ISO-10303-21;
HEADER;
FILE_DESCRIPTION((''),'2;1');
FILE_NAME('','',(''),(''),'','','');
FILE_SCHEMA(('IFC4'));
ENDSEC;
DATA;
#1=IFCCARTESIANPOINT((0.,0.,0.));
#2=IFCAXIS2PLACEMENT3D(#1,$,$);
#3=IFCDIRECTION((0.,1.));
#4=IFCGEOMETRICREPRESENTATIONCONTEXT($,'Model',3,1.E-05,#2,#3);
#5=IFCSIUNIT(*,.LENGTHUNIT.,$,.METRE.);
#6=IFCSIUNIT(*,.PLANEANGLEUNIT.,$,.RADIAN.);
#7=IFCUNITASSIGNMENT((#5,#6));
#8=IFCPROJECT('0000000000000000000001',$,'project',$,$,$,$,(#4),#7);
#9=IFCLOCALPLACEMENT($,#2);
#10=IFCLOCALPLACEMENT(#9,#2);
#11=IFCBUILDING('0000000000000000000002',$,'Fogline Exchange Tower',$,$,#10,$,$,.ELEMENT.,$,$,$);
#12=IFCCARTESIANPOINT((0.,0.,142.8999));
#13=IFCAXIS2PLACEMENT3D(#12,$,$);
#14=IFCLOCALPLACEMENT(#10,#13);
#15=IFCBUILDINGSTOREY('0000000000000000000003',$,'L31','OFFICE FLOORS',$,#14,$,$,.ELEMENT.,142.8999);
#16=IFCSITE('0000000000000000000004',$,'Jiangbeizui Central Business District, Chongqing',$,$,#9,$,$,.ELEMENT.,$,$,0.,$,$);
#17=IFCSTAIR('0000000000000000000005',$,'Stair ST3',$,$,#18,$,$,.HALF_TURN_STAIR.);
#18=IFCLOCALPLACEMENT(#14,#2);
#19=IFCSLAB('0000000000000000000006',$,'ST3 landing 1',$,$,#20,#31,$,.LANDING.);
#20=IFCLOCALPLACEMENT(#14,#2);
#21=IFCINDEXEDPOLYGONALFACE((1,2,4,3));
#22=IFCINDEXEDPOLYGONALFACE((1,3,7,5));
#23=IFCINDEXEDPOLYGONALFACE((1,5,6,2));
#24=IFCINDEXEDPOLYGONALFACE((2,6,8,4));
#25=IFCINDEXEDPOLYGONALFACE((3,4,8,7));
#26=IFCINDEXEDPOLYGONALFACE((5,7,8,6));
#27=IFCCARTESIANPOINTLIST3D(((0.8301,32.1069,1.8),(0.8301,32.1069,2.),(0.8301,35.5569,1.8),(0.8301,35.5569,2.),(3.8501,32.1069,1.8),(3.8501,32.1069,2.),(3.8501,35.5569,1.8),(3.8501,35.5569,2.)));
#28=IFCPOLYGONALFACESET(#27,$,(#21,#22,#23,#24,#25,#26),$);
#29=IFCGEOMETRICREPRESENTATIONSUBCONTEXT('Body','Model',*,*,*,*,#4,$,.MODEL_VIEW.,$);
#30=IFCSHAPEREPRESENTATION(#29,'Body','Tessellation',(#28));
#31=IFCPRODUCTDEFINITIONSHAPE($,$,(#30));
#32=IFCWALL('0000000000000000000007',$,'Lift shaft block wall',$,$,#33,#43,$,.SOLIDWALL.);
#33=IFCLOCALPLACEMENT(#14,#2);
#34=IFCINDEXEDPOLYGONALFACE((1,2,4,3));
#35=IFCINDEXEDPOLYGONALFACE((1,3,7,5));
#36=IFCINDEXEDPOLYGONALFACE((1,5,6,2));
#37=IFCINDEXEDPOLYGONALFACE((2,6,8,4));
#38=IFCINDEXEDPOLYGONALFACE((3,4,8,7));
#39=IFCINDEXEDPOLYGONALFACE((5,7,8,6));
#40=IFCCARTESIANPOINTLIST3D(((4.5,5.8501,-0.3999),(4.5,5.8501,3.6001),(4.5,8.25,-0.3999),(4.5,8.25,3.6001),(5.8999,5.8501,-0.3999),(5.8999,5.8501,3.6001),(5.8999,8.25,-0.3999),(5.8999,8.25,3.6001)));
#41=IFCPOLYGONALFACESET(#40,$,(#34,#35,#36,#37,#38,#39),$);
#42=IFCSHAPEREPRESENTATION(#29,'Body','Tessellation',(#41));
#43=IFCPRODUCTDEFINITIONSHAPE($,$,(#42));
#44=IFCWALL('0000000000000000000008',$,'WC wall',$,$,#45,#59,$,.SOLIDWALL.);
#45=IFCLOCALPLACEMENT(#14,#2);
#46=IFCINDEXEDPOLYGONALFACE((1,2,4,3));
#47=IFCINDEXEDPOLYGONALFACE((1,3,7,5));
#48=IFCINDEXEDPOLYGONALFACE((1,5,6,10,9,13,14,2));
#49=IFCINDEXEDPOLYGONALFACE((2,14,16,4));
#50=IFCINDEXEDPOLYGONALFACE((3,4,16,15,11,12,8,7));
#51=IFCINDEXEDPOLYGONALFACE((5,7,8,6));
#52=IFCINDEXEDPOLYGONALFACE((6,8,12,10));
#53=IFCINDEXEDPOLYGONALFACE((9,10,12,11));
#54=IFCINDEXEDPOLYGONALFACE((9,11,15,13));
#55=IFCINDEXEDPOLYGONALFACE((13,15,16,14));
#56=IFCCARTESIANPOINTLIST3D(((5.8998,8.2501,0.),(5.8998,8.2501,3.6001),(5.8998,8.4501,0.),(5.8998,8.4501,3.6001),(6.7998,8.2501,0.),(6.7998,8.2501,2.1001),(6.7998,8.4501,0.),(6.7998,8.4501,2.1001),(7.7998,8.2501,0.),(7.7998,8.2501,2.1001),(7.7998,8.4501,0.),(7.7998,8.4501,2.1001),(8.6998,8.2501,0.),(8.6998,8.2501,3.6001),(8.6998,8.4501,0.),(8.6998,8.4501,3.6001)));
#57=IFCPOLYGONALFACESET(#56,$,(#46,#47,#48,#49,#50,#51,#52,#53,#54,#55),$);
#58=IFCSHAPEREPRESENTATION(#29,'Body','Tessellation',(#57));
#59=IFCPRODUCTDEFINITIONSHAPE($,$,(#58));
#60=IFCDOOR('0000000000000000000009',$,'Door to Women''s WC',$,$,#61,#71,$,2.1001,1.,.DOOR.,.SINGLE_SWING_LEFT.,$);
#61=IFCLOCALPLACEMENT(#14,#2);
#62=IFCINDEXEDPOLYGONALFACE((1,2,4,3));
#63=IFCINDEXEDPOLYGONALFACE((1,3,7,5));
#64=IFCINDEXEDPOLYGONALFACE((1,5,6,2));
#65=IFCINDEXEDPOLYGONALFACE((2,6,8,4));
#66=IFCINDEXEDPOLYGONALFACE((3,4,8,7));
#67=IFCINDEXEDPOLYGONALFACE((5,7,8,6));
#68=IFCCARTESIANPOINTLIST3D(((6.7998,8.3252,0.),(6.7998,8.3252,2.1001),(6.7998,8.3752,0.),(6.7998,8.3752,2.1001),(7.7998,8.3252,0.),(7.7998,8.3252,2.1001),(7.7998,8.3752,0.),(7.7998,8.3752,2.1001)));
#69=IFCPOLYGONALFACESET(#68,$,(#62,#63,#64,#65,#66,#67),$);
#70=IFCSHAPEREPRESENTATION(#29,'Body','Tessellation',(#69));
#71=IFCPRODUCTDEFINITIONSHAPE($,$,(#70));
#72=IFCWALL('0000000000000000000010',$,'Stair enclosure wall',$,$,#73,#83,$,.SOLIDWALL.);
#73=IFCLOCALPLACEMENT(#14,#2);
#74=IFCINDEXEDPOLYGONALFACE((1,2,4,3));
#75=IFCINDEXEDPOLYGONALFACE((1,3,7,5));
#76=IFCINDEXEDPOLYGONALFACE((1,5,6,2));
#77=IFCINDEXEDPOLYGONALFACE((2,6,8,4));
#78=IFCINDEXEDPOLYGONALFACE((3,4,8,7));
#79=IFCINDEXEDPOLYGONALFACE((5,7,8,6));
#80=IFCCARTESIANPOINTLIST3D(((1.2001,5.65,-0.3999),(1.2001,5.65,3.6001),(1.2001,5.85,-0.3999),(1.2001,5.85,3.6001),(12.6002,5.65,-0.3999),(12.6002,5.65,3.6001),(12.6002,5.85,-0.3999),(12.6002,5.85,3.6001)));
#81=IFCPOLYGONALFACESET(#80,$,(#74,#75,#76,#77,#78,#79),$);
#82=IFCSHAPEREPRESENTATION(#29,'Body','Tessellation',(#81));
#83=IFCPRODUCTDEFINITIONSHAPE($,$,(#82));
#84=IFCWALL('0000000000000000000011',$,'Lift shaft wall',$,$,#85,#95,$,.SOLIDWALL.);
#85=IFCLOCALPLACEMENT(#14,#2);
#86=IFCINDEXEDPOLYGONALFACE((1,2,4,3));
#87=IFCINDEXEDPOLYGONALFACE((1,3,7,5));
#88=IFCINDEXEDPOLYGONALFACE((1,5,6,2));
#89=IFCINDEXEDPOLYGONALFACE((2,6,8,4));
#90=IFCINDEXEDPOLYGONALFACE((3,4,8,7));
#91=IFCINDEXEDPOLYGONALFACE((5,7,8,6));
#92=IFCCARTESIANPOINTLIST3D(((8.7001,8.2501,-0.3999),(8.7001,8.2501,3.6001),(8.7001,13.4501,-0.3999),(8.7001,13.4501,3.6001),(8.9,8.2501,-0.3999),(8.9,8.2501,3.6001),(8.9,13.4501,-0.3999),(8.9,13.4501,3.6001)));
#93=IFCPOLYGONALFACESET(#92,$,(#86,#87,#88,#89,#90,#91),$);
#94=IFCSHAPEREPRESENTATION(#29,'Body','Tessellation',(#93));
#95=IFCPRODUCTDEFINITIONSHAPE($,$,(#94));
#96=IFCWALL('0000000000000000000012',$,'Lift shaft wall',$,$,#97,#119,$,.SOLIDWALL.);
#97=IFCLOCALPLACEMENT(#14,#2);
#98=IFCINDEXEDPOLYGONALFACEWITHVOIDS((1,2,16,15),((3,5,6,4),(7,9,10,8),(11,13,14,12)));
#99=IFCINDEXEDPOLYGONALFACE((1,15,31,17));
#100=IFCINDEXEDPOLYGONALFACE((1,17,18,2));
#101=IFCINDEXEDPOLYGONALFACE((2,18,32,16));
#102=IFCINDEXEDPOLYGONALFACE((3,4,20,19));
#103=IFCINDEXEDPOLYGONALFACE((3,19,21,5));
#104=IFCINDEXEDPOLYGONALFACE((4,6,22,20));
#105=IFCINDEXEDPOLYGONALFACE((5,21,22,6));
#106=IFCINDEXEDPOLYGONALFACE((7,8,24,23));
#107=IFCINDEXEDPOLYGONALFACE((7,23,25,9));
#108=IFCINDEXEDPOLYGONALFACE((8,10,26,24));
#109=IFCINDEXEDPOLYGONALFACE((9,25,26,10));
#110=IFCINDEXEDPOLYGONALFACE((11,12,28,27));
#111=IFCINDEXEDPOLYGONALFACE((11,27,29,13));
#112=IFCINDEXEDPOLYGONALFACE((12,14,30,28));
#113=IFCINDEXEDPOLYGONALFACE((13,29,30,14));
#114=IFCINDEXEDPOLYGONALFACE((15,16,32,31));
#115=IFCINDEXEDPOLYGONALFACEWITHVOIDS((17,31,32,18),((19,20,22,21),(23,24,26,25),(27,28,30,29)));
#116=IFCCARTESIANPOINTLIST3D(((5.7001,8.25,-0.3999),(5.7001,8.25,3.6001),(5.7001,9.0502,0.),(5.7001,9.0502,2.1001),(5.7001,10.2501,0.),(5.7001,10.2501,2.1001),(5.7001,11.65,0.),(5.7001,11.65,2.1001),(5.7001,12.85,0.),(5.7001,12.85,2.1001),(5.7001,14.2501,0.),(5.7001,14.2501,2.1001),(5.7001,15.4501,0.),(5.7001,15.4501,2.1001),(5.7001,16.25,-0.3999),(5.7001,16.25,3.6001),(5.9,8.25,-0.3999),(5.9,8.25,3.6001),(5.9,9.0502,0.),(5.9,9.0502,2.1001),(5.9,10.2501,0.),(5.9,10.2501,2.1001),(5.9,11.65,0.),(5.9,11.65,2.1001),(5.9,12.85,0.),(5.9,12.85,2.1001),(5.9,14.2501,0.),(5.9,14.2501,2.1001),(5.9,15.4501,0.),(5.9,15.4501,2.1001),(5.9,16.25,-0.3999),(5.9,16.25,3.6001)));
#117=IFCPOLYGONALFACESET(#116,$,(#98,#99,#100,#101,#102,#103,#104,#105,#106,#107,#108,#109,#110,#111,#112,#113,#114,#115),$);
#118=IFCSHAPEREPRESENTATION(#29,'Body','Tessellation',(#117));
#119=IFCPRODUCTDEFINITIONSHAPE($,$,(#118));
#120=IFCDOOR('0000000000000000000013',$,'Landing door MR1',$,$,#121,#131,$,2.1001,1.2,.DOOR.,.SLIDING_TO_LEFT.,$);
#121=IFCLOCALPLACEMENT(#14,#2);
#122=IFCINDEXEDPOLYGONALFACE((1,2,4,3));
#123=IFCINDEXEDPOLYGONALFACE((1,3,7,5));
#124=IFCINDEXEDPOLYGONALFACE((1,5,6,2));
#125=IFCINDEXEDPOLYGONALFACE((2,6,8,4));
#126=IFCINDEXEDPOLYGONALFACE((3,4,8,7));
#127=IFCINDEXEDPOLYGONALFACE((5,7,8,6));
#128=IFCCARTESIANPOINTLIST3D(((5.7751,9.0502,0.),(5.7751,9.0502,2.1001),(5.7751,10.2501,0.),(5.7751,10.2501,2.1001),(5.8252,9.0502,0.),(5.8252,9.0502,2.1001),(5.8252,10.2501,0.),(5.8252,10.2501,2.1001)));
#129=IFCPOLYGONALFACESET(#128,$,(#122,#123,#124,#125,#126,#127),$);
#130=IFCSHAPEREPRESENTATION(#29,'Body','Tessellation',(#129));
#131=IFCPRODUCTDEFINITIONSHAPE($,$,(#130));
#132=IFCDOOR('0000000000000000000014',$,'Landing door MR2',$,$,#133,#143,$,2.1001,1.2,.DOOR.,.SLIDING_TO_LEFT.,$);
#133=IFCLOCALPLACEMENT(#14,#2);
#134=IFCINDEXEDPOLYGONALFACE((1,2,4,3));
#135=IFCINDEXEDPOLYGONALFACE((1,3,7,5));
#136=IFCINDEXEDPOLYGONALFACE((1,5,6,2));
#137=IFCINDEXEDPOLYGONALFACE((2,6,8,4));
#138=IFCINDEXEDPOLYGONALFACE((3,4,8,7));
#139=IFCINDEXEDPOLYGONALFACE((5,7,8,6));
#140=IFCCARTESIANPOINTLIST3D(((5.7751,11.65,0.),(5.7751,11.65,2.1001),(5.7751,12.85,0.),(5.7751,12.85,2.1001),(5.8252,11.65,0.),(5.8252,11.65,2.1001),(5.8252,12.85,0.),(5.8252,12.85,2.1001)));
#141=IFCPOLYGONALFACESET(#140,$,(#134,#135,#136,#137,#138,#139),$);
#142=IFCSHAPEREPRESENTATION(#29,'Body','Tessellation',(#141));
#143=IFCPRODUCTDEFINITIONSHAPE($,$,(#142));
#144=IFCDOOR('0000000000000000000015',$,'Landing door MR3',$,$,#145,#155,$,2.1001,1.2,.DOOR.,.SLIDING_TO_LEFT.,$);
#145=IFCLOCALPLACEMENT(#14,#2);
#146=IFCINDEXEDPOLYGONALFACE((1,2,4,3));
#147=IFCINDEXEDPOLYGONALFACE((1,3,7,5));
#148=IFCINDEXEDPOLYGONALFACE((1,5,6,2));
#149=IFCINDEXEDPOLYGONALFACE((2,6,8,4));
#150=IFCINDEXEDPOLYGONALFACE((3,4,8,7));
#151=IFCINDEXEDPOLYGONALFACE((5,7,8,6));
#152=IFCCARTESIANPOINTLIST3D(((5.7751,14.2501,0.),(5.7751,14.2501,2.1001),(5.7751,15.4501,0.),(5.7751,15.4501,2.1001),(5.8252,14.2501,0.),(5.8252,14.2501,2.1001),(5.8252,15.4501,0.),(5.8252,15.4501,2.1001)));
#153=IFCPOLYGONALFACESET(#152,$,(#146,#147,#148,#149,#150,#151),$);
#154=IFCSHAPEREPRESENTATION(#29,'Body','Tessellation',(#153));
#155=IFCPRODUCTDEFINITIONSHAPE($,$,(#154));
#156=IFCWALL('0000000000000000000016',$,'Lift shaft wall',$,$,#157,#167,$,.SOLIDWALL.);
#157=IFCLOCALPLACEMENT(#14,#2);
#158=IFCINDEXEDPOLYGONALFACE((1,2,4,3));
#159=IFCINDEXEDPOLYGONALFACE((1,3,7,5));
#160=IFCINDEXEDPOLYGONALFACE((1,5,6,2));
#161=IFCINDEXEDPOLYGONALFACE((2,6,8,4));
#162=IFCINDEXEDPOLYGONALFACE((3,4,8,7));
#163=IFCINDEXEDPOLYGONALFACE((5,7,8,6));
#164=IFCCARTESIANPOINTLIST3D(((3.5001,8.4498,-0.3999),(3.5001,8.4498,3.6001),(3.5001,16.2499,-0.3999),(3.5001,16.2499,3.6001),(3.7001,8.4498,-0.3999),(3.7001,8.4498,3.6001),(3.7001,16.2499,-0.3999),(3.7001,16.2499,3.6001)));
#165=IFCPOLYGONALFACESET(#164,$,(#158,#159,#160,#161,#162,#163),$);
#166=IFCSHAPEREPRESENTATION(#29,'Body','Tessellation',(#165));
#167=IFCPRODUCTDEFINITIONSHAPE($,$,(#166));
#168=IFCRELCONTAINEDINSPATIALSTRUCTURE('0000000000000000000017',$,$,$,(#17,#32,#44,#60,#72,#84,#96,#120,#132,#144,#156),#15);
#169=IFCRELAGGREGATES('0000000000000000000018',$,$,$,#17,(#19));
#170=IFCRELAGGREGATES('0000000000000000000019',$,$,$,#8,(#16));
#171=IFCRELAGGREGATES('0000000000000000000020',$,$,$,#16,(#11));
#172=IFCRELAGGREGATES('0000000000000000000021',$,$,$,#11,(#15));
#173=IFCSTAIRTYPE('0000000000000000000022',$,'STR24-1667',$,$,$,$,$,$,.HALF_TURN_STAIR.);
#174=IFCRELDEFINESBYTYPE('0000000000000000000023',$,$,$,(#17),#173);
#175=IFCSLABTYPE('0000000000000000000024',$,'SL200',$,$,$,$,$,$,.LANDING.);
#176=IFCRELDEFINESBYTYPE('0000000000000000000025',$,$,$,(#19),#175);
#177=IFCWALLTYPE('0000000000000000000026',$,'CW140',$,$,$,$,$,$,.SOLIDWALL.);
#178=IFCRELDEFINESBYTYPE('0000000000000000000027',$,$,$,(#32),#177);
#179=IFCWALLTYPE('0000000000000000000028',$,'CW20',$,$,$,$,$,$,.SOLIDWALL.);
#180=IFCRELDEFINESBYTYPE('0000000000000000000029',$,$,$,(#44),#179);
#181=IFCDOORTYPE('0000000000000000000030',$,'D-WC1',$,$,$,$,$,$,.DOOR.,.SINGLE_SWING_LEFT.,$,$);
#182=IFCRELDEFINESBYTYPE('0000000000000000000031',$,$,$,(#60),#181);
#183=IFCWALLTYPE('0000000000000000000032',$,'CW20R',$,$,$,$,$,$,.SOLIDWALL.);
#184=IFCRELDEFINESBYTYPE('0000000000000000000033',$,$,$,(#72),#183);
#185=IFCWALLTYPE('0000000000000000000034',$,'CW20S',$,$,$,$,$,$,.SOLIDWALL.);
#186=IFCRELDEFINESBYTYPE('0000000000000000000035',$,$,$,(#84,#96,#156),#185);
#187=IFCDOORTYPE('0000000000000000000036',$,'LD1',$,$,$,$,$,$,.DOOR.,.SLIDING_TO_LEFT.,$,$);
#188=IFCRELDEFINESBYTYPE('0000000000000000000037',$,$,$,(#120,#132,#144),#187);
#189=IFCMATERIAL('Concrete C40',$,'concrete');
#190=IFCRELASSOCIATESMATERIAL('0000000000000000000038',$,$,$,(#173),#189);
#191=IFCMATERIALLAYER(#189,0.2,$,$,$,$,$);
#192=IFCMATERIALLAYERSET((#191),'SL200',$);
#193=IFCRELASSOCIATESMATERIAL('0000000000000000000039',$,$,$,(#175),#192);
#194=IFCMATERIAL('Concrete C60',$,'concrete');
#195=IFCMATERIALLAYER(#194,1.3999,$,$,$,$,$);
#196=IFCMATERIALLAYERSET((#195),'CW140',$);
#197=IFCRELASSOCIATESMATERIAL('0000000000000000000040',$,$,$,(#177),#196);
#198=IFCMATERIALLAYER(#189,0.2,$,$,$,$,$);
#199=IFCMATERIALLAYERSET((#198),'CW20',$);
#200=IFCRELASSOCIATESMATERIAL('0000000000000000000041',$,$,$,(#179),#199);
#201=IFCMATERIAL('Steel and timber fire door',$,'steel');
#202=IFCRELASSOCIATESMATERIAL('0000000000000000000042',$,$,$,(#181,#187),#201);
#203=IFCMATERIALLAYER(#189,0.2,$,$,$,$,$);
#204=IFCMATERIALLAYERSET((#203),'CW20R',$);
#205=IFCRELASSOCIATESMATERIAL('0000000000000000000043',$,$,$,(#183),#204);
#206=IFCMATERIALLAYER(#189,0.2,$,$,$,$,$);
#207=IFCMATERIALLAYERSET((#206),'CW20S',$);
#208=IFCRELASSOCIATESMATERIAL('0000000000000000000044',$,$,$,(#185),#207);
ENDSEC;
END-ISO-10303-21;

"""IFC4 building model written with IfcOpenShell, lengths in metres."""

from ifc_helpers import new_model, si_unit, direction, frame, frame_2d, origin, place, context, subcontext, project, spatial, polyline, rectangle, outline, extrude, material, layer, layer_set, type_object, element, fill, aggregate, save


model = new_model("IFC4")

# Units and contexts
model_context = context("Model", 3, precision=1e-05, world=origin(), true_north=direction((0.0, 1.0)))
body_context = subcontext(model_context, "Body", "Model", "MODEL_VIEW")
ifc_project = project(units=[si_unit("LENGTHUNIT", "METRE"), si_unit("PLANEANGLEUNIT", "RADIAN")], contexts=[model_context])

# Site, building, storey
site_placement = place(None, origin())
site = spatial("IfcSite", under=ifc_project, at=site_placement, Name="Jiangbeizui Central Business District, Chongqing", CompositionType="ELEMENT", RefElevation=0.0)
building_placement = place(site_placement, origin())
building = spatial("IfcBuilding", under=site, at=building_placement, Name="Fogline Exchange Tower", CompositionType="ELEMENT")
storey_placement = place(building_placement, frame((0.0, 0.0, 142.8999)))
storey = spatial("IfcBuildingStorey", under=building, at=storey_placement, Name="L31", Description="OFFICE FLOORS", CompositionType="ELEMENT", Elevation=142.8999)

# Stair, slab
ifc_material_1 = material(Name="Concrete C40", Category="concrete")
stair_type = type_object("IfcStairType", Name="STR24-1667", PredefinedType="HALF_TURN_STAIR", material=ifc_material_1)
stair_1_placement = place(storey_placement, origin())
stair_1 = element("IfcStair", 1, at=stair_1_placement, inside=storey, type_object=stair_type, Name="Stair ST3", PredefinedType="HALF_TURN_STAIR")
ifc_layer_1 = layer(ifc_material_1, 0.2)
ifc_layer_set_1 = layer_set([ifc_layer_1], Name="SL200")
slab_type = type_object("IfcSlabType", Name="SL200", PredefinedType="LANDING", material=ifc_layer_set_1)
slab_placement = place(storey_placement, frame((0.0, 0.0, 1.8)))
slab = element("IfcSlab", 2, at=slab_placement, type_object=slab_type, Name="ST3 landing 1", PredefinedType="LANDING", context=body_context, shape_type="SweptSolid", body=[
    extrude(outline(polyline([(0.8301, 32.1069), (3.8501, 32.1069), (3.8501, 35.5569), (0.8301, 35.5569), (0.8301, 32.1069)])), origin(), (0.0, 0.0, 1.0), 0.2),
])
aggregate(stair_1, [slab])

# Wall
ifc_material_2 = material(Name="Concrete C60", Category="concrete")
ifc_layer_2 = layer(ifc_material_2, 1.3999)
ifc_layer_set_2 = layer_set([ifc_layer_2], Name="CW140")
wall_type_1 = type_object("IfcWallType", Name="CW140", PredefinedType="SOLIDWALL", material=ifc_layer_set_2)
wall_1_placement = place(storey_placement, frame((5.2, 5.8501, -0.3999), z_axis=(0.0, 0.0, 1.0), x_axis=(0.0, 1.0, 0.0)))
element("IfcWall", 3, at=wall_1_placement, inside=storey, type_object=wall_type_1, Name="Lift shaft block wall", PredefinedType="SOLIDWALL", context=body_context, shape_type="SweptSolid", body=[
    extrude(rectangle(XDim=2.3999, YDim=1.3999, at=frame_2d((1.2, 0.0))), origin(), (0.0, 0.0, 1.0), 4.0),
])

# Wall, opening, door
ifc_layer_3 = layer(ifc_material_1, 0.2)
ifc_layer_set_3 = layer_set([ifc_layer_3], Name="CW20")
wall_type_2 = type_object("IfcWallType", Name="CW20", PredefinedType="SOLIDWALL", material=ifc_layer_set_3)
wall_2_placement = place(storey_placement, frame((5.8999, 8.3501, 0.0), z_axis=(0.0, 0.0, 1.0), x_axis=(1.0, 0.0, 0.0)))
wall_2 = element("IfcWall", 4, at=wall_2_placement, inside=storey, type_object=wall_type_2, Name="WC wall", PredefinedType="SOLIDWALL", context=body_context, shape_type="SweptSolid", body=[
    extrude(rectangle(XDim=2.8, YDim=0.2, at=frame_2d((1.3999, 0.0))), origin(), (0.0, 0.0, 1.0), 3.6001),
])
opening_1_placement = place(wall_2_placement, frame((0.8999, 0.0, 0.0)))
opening_1 = element("IfcOpeningElement", 5, at=opening_1_placement, cuts=wall_2, PredefinedType="OPENING", context=body_context, shape_type="SweptSolid", body=[
    extrude(rectangle(XDim=1.0, YDim=2.1001, at=frame_2d((0.5, 1.05))), frame((0.0, 0.1099, 0.0), z_axis=(0.0, -1.0, 0.0), x_axis=(1.0, 0.0, 0.0)), (0.0, 0.0, 1.0), 0.22),
])
ifc_material_3 = material(Name="Steel and timber fire door", Category="steel")
door_type_1 = type_object("IfcDoorType", Name="D-WC1", OperationType="SINGLE_SWING_LEFT", PredefinedType="DOOR", material=ifc_material_3)
door_1_placement = place(opening_1_placement, frame((1.0, 0.0, 0.0), z_axis=(0.0, 0.0, 1.0), x_axis=(-1.0, 0.0, 0.0)))
door_1 = element("IfcDoor", 6, at=door_1_placement, inside=storey, type_object=door_type_1, Name="Door to Women's WC", OperationType="SINGLE_SWING_LEFT", OverallHeight=2.1001, OverallWidth=1.0, PredefinedType="DOOR", context=body_context, shape_type="SweptSolid", body=[
    extrude(rectangle(XDim=1.0, YDim=2.1001, at=frame_2d((0.5, 1.05))), frame((0.0, 0.0249, 0.0), z_axis=(0.0, -1.0, 0.0), x_axis=(1.0, 0.0, 0.0)), (0.0, 0.0, 1.0), 0.05),
])
fill(opening_1, door_1)

# Walls
ifc_layer_4 = layer(ifc_material_1, 0.2)
ifc_layer_set_4 = layer_set([ifc_layer_4], Name="CW20R")
wall_type_3 = type_object("IfcWallType", Name="CW20R", PredefinedType="SOLIDWALL", material=ifc_layer_set_4)
wall_3_placement = place(storey_placement, frame((1.2, 5.75, -0.3999), z_axis=(0.0, 0.0, 1.0), x_axis=(1.0, 0.0, 0.0)))
element("IfcWall", 7, at=wall_3_placement, inside=storey, type_object=wall_type_3, Name="Stair enclosure wall", PredefinedType="SOLIDWALL", context=body_context, shape_type="SweptSolid", body=[
    extrude(rectangle(XDim=11.4001, YDim=0.2, at=frame_2d((5.7002, 0.0))), origin(), (0.0, 0.0, 1.0), 4.0),
])
ifc_layer_5 = layer(ifc_material_1, 0.2)
ifc_layer_set_5 = layer_set([ifc_layer_5], Name="CW20S")
wall_type_4 = type_object("IfcWallType", Name="CW20S", PredefinedType="SOLIDWALL", material=ifc_layer_set_5)
wall_4_placement = place(storey_placement, frame((8.8, 8.25, -0.3999), z_axis=(0.0, 0.0, 1.0), x_axis=(0.0, 1.0, 0.0)))
element("IfcWall", 8, at=wall_4_placement, inside=storey, type_object=wall_type_4, Name="Lift shaft wall", PredefinedType="SOLIDWALL", context=body_context, shape_type="SweptSolid", body=[
    extrude(rectangle(XDim=5.2, YDim=0.2, at=frame_2d((2.6001, 0.0))), origin(), (0.0, 0.0, 1.0), 4.0),
])

# Wall, openings, doors
wall_5_placement = place(storey_placement, frame((5.8, 8.25, -0.3999), z_axis=(0.0, 0.0, 1.0), x_axis=(0.0, 1.0, 0.0)))
wall_5 = element("IfcWall", 9, at=wall_5_placement, inside=storey, type_object=wall_type_4, Name="Lift shaft wall", PredefinedType="SOLIDWALL", context=body_context, shape_type="SweptSolid", body=[
    extrude(rectangle(XDim=8.0, YDim=0.2, at=frame_2d((4.0, 0.0))), origin(), (0.0, 0.0, 1.0), 4.0),
])
opening_2_placement = place(wall_5_placement, frame((0.8, 0.0, 0.3999)))
opening_2 = element("IfcOpeningElement", 10, at=opening_2_placement, cuts=wall_5, PredefinedType="OPENING", context=body_context, shape_type="SweptSolid", body=[
    extrude(rectangle(XDim=1.2, YDim=2.1001, at=frame_2d((0.6001, 1.05))), frame((0.0, 0.1099, 0.0), z_axis=(0.0, -1.0, 0.0), x_axis=(1.0, 0.0, 0.0)), (0.0, 0.0, 1.0), 0.22),
])
opening_3_placement = place(wall_5_placement, frame((3.3999, 0.0, 0.3999)))
opening_3 = element("IfcOpeningElement", 11, at=opening_3_placement, cuts=wall_5, PredefinedType="OPENING", context=body_context, shape_type="SweptSolid", body=[
    extrude(rectangle(XDim=1.2, YDim=2.1001, at=frame_2d((0.6001, 1.05))), frame((0.0, 0.1099, 0.0), z_axis=(0.0, -1.0, 0.0), x_axis=(1.0, 0.0, 0.0)), (0.0, 0.0, 1.0), 0.22),
])
opening_4_placement = place(wall_5_placement, frame((6.0, 0.0, 0.3999)))
opening_4 = element("IfcOpeningElement", 12, at=opening_4_placement, cuts=wall_5, PredefinedType="OPENING", context=body_context, shape_type="SweptSolid", body=[
    extrude(rectangle(XDim=1.2, YDim=2.1001, at=frame_2d((0.6001, 1.05))), frame((0.0, 0.1099, 0.0), z_axis=(0.0, -1.0, 0.0), x_axis=(1.0, 0.0, 0.0)), (0.0, 0.0, 1.0), 0.22),
])
door_type_2 = type_object("IfcDoorType", Name="LD1", OperationType="SLIDING_TO_LEFT", PredefinedType="DOOR", material=ifc_material_3)
door_2_placement = place(opening_2_placement, origin())
door_2 = element("IfcDoor", 13, at=door_2_placement, inside=storey, type_object=door_type_2, Name="Landing door MR1", OperationType="SLIDING_TO_LEFT", OverallHeight=2.1001, OverallWidth=1.2, PredefinedType="DOOR", context=body_context, shape_type="SweptSolid", body=[
    extrude(rectangle(XDim=1.2, YDim=2.1001, at=frame_2d((0.6001, 1.05))), frame((0.0, 0.0249, 0.0), z_axis=(0.0, -1.0, 0.0), x_axis=(1.0, 0.0, 0.0)), (0.0, 0.0, 1.0), 0.05),
])
fill(opening_2, door_2)
door_3_placement = place(opening_3_placement, origin())
door_3 = element("IfcDoor", 14, at=door_3_placement, inside=storey, type_object=door_type_2, Name="Landing door MR2", OperationType="SLIDING_TO_LEFT", OverallHeight=2.1001, OverallWidth=1.2, PredefinedType="DOOR", context=body_context, shape_type="SweptSolid", body=[
    extrude(rectangle(XDim=1.2, YDim=2.1001, at=frame_2d((0.6001, 1.05))), frame((0.0, 0.0249, 0.0), z_axis=(0.0, -1.0, 0.0), x_axis=(1.0, 0.0, 0.0)), (0.0, 0.0, 1.0), 0.05),
])
fill(opening_3, door_3)
door_4_placement = place(opening_4_placement, origin())
door_4 = element("IfcDoor", 15, at=door_4_placement, inside=storey, type_object=door_type_2, Name="Landing door MR3", OperationType="SLIDING_TO_LEFT", OverallHeight=2.1001, OverallWidth=1.2, PredefinedType="DOOR", context=body_context, shape_type="SweptSolid", body=[
    extrude(rectangle(XDim=1.2, YDim=2.1001, at=frame_2d((0.6001, 1.05))), frame((0.0, 0.0249, 0.0), z_axis=(0.0, -1.0, 0.0), x_axis=(1.0, 0.0, 0.0)), (0.0, 0.0, 1.0), 0.05),
])
fill(opening_4, door_4)

# Wall
wall_6_placement = place(storey_placement, frame((3.6001, 8.45, -0.3999), z_axis=(0.0, 0.0, 1.0), x_axis=(0.0, 1.0, 0.0)))
element("IfcWall", 16, at=wall_6_placement, inside=storey, type_object=wall_type_4, Name="Lift shaft wall", PredefinedType="SOLIDWALL", context=body_context, shape_type="SweptSolid", body=[
    extrude(rectangle(XDim=7.8, YDim=0.2, at=frame_2d((3.8999, 0.0))), origin(), (0.0, 0.0, 1.0), 4.0),
])

save(model, "model.ifc")
